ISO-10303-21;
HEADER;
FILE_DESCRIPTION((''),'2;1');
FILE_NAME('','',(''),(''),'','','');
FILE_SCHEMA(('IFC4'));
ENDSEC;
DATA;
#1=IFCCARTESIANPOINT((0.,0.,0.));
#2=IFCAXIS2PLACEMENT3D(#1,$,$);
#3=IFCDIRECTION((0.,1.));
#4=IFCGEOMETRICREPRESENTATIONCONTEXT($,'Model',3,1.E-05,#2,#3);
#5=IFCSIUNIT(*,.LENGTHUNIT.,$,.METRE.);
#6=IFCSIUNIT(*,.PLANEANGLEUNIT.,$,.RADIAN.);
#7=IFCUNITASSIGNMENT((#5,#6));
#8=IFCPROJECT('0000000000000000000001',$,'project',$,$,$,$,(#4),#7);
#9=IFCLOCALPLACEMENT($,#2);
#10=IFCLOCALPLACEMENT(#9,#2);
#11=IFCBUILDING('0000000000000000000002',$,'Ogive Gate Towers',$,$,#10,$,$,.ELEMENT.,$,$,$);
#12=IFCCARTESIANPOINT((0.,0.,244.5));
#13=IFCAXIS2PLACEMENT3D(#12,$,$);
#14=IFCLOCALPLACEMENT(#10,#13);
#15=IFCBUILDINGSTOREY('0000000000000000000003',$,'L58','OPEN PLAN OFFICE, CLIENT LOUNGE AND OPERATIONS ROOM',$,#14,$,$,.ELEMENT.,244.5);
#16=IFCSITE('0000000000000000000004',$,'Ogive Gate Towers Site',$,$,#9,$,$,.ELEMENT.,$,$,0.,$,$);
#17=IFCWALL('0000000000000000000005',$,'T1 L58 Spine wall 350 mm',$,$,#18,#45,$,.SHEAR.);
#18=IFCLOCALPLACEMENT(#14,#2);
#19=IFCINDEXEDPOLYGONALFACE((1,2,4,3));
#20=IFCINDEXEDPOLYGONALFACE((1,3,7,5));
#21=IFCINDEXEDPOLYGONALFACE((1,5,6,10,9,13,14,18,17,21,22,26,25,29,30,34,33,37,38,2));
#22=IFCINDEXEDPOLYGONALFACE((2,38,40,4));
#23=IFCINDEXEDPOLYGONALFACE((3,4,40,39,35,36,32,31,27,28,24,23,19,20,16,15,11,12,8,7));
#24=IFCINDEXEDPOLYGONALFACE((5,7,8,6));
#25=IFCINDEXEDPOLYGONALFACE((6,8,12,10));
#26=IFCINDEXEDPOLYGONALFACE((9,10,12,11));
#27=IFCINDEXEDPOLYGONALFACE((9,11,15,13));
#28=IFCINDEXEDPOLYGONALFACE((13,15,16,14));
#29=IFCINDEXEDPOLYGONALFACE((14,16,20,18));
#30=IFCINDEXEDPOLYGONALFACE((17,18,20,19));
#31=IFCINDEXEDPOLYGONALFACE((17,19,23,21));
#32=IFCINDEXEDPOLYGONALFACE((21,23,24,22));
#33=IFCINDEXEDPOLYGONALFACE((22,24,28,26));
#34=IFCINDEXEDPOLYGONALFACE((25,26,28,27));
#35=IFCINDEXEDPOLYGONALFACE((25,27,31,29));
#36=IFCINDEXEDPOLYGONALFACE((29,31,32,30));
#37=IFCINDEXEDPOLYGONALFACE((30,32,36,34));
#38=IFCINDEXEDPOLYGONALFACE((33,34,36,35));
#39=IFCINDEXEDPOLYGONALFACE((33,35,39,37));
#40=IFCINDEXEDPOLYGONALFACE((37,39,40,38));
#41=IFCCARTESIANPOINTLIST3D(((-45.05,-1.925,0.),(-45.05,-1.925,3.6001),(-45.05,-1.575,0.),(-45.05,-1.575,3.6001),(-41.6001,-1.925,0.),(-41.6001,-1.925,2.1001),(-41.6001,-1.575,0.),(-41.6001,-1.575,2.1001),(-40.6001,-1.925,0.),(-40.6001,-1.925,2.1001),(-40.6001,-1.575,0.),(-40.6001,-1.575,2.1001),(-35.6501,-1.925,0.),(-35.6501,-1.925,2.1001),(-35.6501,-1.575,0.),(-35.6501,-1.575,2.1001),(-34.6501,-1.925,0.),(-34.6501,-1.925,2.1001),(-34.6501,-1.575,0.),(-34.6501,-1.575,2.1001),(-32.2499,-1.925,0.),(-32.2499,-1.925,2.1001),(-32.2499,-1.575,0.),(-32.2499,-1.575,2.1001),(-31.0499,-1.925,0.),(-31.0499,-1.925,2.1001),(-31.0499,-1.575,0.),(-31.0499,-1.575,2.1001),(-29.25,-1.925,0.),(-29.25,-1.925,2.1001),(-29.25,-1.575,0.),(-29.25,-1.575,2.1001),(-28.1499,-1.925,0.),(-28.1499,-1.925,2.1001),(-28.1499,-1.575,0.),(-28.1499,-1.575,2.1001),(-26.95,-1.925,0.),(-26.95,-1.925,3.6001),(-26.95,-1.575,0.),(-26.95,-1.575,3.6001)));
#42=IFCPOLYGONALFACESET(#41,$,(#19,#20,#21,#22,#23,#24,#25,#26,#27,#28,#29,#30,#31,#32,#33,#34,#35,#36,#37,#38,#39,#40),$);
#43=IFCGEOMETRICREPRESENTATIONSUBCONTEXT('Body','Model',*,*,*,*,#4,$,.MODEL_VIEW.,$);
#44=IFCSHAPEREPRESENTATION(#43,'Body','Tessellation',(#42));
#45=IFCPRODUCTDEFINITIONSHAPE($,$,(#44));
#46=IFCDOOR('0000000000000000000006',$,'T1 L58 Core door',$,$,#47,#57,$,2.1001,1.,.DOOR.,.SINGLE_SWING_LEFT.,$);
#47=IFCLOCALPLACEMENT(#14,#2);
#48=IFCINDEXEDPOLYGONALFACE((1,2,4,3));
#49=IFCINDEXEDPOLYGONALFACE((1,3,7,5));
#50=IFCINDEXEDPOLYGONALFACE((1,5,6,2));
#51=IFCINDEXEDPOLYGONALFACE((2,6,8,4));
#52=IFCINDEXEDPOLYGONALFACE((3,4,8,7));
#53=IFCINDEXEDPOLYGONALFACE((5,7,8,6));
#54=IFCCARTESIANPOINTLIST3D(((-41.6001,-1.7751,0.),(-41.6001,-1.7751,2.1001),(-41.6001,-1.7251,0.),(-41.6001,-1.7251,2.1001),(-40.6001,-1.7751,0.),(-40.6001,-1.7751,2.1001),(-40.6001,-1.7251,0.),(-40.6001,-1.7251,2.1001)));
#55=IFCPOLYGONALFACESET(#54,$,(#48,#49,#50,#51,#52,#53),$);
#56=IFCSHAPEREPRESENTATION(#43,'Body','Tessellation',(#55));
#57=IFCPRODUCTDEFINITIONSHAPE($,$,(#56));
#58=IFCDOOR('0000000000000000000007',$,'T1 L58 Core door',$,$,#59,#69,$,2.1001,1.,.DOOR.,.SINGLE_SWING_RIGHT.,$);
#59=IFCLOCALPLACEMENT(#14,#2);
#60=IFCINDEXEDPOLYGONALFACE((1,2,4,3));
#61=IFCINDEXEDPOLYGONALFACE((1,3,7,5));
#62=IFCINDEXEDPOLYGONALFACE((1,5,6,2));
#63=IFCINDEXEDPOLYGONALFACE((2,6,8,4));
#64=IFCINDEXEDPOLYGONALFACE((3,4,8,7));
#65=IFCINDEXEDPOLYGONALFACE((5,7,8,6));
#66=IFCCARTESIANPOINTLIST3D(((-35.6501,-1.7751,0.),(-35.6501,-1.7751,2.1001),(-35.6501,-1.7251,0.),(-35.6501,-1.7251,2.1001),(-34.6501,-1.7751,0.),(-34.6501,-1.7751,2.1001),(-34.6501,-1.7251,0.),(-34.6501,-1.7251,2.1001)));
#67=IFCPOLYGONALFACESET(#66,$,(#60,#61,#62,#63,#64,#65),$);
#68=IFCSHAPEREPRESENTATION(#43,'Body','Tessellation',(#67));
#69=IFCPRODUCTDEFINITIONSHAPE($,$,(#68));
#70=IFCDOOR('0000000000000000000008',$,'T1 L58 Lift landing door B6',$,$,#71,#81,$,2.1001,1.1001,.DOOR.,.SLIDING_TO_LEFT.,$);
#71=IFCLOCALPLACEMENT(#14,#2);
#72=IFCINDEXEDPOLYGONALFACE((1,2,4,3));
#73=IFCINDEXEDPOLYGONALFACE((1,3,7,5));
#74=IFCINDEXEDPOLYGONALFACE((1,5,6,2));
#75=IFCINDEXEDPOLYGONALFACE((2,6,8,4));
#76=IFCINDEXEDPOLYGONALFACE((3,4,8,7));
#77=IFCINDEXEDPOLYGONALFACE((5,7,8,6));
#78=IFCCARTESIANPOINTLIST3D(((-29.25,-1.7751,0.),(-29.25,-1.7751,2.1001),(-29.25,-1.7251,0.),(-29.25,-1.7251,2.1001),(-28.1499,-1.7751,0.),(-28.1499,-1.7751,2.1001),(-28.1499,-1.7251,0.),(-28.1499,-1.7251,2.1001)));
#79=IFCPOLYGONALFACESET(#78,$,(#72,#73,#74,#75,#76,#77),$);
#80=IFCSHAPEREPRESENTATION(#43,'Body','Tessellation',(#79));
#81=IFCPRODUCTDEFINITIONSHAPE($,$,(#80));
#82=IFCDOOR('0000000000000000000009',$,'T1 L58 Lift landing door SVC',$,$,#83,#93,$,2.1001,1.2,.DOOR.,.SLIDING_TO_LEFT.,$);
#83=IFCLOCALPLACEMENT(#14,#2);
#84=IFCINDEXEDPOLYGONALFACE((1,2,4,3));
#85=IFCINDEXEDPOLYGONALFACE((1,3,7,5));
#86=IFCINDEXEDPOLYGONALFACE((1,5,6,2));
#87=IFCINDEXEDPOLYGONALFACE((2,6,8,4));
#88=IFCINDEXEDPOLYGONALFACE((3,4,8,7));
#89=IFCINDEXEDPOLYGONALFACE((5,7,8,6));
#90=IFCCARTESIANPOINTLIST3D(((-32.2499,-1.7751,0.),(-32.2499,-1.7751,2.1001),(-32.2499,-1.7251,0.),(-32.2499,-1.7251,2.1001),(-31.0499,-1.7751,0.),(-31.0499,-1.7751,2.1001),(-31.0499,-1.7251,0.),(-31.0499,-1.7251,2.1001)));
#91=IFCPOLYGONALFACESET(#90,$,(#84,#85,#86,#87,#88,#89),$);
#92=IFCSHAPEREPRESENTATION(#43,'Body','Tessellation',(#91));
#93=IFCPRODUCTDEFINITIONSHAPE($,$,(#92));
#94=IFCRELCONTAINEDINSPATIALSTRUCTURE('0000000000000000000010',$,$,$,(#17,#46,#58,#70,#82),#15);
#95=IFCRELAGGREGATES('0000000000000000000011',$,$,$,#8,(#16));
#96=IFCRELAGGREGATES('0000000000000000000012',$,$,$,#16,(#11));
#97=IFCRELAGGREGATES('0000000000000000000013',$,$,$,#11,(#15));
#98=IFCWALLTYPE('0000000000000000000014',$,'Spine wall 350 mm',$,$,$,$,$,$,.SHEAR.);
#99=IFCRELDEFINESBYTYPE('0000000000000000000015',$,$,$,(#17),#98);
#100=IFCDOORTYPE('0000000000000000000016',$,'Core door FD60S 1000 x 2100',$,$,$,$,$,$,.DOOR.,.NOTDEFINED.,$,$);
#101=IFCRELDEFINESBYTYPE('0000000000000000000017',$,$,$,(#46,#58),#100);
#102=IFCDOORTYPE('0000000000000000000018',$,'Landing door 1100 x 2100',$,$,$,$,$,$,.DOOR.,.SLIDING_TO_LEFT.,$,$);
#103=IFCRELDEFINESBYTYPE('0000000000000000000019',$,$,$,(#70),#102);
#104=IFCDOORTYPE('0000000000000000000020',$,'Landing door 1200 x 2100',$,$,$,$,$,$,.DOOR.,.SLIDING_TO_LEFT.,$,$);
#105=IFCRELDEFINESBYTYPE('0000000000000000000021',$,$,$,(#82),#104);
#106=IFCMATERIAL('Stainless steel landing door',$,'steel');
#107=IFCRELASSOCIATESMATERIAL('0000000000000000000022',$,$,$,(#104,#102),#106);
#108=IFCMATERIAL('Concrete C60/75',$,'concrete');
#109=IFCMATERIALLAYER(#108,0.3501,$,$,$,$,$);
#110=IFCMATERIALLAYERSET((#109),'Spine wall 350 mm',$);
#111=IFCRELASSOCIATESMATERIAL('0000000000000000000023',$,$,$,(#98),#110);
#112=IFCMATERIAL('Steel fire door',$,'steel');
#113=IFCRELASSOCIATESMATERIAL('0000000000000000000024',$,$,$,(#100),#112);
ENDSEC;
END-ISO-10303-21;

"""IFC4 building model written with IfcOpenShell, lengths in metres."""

from ifc_helpers import new_model, si_unit, direction, frame, frame_2d, origin, place, context, subcontext, project, spatial, rectangle, extrude, material, layer, layer_set, type_object, element, fill, save


model = new_model("IFC4")

# Units and contexts
model_context = context("Model", 3, precision=1e-05, world=origin(), true_north=direction((0.0, 1.0)))
body_context = subcontext(model_context, "Body", "Model", "MODEL_VIEW")
ifc_project = project(units=[si_unit("LENGTHUNIT", "METRE"), si_unit("PLANEANGLEUNIT", "RADIAN")], contexts=[model_context])

# Site, building, storey
site_placement = place(None, origin())
site = spatial("IfcSite", under=ifc_project, at=site_placement, Name="Ogive Gate Towers Site", CompositionType="ELEMENT", RefElevation=0.0)
building_placement = place(site_placement, origin())
building = spatial("IfcBuilding", under=site, at=building_placement, Name="Ogive Gate Towers", CompositionType="ELEMENT")
storey_placement = place(building_placement, frame((0.0, 0.0, 244.5)))
storey = spatial("IfcBuildingStorey", under=building, at=storey_placement, Name="L58", Description="OPEN PLAN OFFICE, CLIENT LOUNGE AND OPERATIONS ROOM", CompositionType="ELEMENT", Elevation=244.5)

# Shared definitions
ifc_material_1 = material(Name="Concrete C60/75", Category="concrete")

# Shared definitions
ifc_material_2 = material(Name="Stainless steel landing door", Category="steel")
door_type_1 = type_object("IfcDoorType", Name="Landing door 1200 x 2100", OperationType="SLIDING_TO_LEFT", PredefinedType="DOOR", material=ifc_material_2)

# Wall, openings, doors
ifc_layer_1 = layer(ifc_material_1, 0.3501)
ifc_layer_set_1 = layer_set([ifc_layer_1], Name="Spine wall 350 mm")
wall_type_1 = type_object("IfcWallType", Name="Spine wall 350 mm", PredefinedType="SHEAR", material=ifc_layer_set_1)
wall_1_placement = place(storey_placement, frame((-45.05, -1.75, 0.0), z_axis=(0.0, 0.0, 1.0), x_axis=(1.0, 0.0, 0.0)))
wall_1 = element("IfcWall", 1, at=wall_1_placement, inside=storey, type_object=wall_type_1, Name="T1 L58 Spine wall 350 mm", PredefinedType="SHEAR", context=body_context, shape_type="SweptSolid", body=[
    extrude(rectangle(XDim=18.1001, YDim=0.3501, at=frame_2d((9.05, 0.0))), origin(), (0.0, 0.0, 1.0), 3.6001),
])
opening_1_placement = place(wall_1_placement, frame((12.8, 0.0, 0.0)))
opening_1 = element("IfcOpeningElement", 2, at=opening_1_placement, cuts=wall_1, PredefinedType="OPENING", context=body_context, shape_type="SweptSolid", body=[
    extrude(rectangle(XDim=1.2, YDim=2.1001, at=frame_2d((0.6001, 1.05))), frame((0.0, 0.1851, 0.0), z_axis=(0.0, -1.0, 0.0), x_axis=(1.0, 0.0, 0.0)), (0.0, 0.0, 1.0), 0.3701),
])
opening_2_placement = place(wall_1_placement, frame((15.8, 0.0, 0.0)))
opening_2 = element("IfcOpeningElement", 3, at=opening_2_placement, cuts=wall_1, PredefinedType="OPENING", context=body_context, shape_type="SweptSolid", body=[
    extrude(rectangle(XDim=1.1001, YDim=2.1001, at=frame_2d((0.55, 1.05))), frame((0.0, 0.1851, 0.0), z_axis=(0.0, -1.0, 0.0), x_axis=(1.0, 0.0, 0.0)), (0.0, 0.0, 1.0), 0.3701),
])
opening_3_placement = place(wall_1_placement, frame((3.45, 0.0, 0.0)))
opening_3 = element("IfcOpeningElement", 4, at=opening_3_placement, cuts=wall_1, PredefinedType="OPENING", context=body_context, shape_type="SweptSolid", body=[
    extrude(rectangle(XDim=1.0, YDim=2.1001, at=frame_2d((0.5, 1.05))), frame((0.0, 0.1851, 0.0), z_axis=(0.0, -1.0, 0.0), x_axis=(1.0, 0.0, 0.0)), (0.0, 0.0, 1.0), 0.3701),
])
opening_4_placement = place(wall_1_placement, frame((9.3999, 0.0, 0.0)))
opening_4 = element("IfcOpeningElement", 5, at=opening_4_placement, cuts=wall_1, PredefinedType="OPENING", context=body_context, shape_type="SweptSolid", body=[
    extrude(rectangle(XDim=1.0, YDim=2.1001, at=frame_2d((0.5, 1.05))), frame((0.0, 0.1851, 0.0), z_axis=(0.0, -1.0, 0.0), x_axis=(1.0, 0.0, 0.0)), (0.0, 0.0, 1.0), 0.3701),
])
ifc_material_3 = material(Name="Steel fire door", Category="steel")
door_type_2 = type_object("IfcDoorType", Name="Core door FD60S 1000 x 2100", OperationType="NOTDEFINED", PredefinedType="DOOR", material=ifc_material_3)
door_1_placement = place(opening_3_placement, origin())
door_1 = element("IfcDoor", 6, at=door_1_placement, inside=storey, type_object=door_type_2, Name="T1 L58 Core door", OperationType="SINGLE_SWING_LEFT", OverallHeight=2.1001, OverallWidth=1.0, PredefinedType="DOOR", context=body_context, shape_type="SweptSolid", body=[
    extrude(rectangle(XDim=1.0, YDim=2.1001, at=frame_2d((0.5, 1.05))), frame((0.0, 0.0249, 0.0), z_axis=(0.0, -1.0, 0.0), x_axis=(1.0, 0.0, 0.0)), (0.0, 0.0, 1.0), 0.05),
])
fill(opening_3, door_1)
door_2_placement = place(opening_4_placement, origin())
door_2 = element("IfcDoor", 7, at=door_2_placement, inside=storey, type_object=door_type_2, Name="T1 L58 Core door", OperationType="SINGLE_SWING_RIGHT", OverallHeight=2.1001, OverallWidth=1.0, PredefinedType="DOOR", context=body_context, shape_type="SweptSolid", body=[
    extrude(rectangle(XDim=1.0, YDim=2.1001, at=frame_2d((0.5, 1.05))), frame((0.0, 0.0249, 0.0), z_axis=(0.0, -1.0, 0.0), x_axis=(1.0, 0.0, 0.0)), (0.0, 0.0, 1.0), 0.05),
])
fill(opening_4, door_2)
door_type_3 = type_object("IfcDoorType", Name="Landing door 1100 x 2100", OperationType="SLIDING_TO_LEFT", PredefinedType="DOOR", material=ifc_material_2)
door_3_placement = place(opening_2_placement, origin())
door_3 = element("IfcDoor", 8, at=door_3_placement, inside=storey, type_object=door_type_3, Name="T1 L58 Lift landing door B6", OperationType="SLIDING_TO_LEFT", OverallHeight=2.1001, OverallWidth=1.1001, PredefinedType="DOOR", context=body_context, shape_type="SweptSolid", body=[
    extrude(rectangle(XDim=1.1001, YDim=2.1001, at=frame_2d((0.55, 1.05))), frame((0.0, 0.0249, 0.0), z_axis=(0.0, -1.0, 0.0), x_axis=(1.0, 0.0, 0.0)), (0.0, 0.0, 1.0), 0.05),
])
fill(opening_2, door_3)
door_4_placement = place(opening_1_placement, origin())
door_4 = element("IfcDoor", 9, at=door_4_placement, inside=storey, type_object=door_type_1, Name="T1 L58 Lift landing door SVC", OperationType="SLIDING_TO_LEFT", OverallHeight=2.1001, OverallWidth=1.2, PredefinedType="DOOR", context=body_context, shape_type="SweptSolid", body=[
    extrude(rectangle(XDim=1.2, YDim=2.1001, at=frame_2d((0.6001, 1.05))), frame((0.0, 0.0249, 0.0), z_axis=(0.0, -1.0, 0.0), x_axis=(1.0, 0.0, 0.0)), (0.0, 0.0, 1.0), 0.05),
])
fill(opening_1, door_4)

save(model, "model.ifc")
